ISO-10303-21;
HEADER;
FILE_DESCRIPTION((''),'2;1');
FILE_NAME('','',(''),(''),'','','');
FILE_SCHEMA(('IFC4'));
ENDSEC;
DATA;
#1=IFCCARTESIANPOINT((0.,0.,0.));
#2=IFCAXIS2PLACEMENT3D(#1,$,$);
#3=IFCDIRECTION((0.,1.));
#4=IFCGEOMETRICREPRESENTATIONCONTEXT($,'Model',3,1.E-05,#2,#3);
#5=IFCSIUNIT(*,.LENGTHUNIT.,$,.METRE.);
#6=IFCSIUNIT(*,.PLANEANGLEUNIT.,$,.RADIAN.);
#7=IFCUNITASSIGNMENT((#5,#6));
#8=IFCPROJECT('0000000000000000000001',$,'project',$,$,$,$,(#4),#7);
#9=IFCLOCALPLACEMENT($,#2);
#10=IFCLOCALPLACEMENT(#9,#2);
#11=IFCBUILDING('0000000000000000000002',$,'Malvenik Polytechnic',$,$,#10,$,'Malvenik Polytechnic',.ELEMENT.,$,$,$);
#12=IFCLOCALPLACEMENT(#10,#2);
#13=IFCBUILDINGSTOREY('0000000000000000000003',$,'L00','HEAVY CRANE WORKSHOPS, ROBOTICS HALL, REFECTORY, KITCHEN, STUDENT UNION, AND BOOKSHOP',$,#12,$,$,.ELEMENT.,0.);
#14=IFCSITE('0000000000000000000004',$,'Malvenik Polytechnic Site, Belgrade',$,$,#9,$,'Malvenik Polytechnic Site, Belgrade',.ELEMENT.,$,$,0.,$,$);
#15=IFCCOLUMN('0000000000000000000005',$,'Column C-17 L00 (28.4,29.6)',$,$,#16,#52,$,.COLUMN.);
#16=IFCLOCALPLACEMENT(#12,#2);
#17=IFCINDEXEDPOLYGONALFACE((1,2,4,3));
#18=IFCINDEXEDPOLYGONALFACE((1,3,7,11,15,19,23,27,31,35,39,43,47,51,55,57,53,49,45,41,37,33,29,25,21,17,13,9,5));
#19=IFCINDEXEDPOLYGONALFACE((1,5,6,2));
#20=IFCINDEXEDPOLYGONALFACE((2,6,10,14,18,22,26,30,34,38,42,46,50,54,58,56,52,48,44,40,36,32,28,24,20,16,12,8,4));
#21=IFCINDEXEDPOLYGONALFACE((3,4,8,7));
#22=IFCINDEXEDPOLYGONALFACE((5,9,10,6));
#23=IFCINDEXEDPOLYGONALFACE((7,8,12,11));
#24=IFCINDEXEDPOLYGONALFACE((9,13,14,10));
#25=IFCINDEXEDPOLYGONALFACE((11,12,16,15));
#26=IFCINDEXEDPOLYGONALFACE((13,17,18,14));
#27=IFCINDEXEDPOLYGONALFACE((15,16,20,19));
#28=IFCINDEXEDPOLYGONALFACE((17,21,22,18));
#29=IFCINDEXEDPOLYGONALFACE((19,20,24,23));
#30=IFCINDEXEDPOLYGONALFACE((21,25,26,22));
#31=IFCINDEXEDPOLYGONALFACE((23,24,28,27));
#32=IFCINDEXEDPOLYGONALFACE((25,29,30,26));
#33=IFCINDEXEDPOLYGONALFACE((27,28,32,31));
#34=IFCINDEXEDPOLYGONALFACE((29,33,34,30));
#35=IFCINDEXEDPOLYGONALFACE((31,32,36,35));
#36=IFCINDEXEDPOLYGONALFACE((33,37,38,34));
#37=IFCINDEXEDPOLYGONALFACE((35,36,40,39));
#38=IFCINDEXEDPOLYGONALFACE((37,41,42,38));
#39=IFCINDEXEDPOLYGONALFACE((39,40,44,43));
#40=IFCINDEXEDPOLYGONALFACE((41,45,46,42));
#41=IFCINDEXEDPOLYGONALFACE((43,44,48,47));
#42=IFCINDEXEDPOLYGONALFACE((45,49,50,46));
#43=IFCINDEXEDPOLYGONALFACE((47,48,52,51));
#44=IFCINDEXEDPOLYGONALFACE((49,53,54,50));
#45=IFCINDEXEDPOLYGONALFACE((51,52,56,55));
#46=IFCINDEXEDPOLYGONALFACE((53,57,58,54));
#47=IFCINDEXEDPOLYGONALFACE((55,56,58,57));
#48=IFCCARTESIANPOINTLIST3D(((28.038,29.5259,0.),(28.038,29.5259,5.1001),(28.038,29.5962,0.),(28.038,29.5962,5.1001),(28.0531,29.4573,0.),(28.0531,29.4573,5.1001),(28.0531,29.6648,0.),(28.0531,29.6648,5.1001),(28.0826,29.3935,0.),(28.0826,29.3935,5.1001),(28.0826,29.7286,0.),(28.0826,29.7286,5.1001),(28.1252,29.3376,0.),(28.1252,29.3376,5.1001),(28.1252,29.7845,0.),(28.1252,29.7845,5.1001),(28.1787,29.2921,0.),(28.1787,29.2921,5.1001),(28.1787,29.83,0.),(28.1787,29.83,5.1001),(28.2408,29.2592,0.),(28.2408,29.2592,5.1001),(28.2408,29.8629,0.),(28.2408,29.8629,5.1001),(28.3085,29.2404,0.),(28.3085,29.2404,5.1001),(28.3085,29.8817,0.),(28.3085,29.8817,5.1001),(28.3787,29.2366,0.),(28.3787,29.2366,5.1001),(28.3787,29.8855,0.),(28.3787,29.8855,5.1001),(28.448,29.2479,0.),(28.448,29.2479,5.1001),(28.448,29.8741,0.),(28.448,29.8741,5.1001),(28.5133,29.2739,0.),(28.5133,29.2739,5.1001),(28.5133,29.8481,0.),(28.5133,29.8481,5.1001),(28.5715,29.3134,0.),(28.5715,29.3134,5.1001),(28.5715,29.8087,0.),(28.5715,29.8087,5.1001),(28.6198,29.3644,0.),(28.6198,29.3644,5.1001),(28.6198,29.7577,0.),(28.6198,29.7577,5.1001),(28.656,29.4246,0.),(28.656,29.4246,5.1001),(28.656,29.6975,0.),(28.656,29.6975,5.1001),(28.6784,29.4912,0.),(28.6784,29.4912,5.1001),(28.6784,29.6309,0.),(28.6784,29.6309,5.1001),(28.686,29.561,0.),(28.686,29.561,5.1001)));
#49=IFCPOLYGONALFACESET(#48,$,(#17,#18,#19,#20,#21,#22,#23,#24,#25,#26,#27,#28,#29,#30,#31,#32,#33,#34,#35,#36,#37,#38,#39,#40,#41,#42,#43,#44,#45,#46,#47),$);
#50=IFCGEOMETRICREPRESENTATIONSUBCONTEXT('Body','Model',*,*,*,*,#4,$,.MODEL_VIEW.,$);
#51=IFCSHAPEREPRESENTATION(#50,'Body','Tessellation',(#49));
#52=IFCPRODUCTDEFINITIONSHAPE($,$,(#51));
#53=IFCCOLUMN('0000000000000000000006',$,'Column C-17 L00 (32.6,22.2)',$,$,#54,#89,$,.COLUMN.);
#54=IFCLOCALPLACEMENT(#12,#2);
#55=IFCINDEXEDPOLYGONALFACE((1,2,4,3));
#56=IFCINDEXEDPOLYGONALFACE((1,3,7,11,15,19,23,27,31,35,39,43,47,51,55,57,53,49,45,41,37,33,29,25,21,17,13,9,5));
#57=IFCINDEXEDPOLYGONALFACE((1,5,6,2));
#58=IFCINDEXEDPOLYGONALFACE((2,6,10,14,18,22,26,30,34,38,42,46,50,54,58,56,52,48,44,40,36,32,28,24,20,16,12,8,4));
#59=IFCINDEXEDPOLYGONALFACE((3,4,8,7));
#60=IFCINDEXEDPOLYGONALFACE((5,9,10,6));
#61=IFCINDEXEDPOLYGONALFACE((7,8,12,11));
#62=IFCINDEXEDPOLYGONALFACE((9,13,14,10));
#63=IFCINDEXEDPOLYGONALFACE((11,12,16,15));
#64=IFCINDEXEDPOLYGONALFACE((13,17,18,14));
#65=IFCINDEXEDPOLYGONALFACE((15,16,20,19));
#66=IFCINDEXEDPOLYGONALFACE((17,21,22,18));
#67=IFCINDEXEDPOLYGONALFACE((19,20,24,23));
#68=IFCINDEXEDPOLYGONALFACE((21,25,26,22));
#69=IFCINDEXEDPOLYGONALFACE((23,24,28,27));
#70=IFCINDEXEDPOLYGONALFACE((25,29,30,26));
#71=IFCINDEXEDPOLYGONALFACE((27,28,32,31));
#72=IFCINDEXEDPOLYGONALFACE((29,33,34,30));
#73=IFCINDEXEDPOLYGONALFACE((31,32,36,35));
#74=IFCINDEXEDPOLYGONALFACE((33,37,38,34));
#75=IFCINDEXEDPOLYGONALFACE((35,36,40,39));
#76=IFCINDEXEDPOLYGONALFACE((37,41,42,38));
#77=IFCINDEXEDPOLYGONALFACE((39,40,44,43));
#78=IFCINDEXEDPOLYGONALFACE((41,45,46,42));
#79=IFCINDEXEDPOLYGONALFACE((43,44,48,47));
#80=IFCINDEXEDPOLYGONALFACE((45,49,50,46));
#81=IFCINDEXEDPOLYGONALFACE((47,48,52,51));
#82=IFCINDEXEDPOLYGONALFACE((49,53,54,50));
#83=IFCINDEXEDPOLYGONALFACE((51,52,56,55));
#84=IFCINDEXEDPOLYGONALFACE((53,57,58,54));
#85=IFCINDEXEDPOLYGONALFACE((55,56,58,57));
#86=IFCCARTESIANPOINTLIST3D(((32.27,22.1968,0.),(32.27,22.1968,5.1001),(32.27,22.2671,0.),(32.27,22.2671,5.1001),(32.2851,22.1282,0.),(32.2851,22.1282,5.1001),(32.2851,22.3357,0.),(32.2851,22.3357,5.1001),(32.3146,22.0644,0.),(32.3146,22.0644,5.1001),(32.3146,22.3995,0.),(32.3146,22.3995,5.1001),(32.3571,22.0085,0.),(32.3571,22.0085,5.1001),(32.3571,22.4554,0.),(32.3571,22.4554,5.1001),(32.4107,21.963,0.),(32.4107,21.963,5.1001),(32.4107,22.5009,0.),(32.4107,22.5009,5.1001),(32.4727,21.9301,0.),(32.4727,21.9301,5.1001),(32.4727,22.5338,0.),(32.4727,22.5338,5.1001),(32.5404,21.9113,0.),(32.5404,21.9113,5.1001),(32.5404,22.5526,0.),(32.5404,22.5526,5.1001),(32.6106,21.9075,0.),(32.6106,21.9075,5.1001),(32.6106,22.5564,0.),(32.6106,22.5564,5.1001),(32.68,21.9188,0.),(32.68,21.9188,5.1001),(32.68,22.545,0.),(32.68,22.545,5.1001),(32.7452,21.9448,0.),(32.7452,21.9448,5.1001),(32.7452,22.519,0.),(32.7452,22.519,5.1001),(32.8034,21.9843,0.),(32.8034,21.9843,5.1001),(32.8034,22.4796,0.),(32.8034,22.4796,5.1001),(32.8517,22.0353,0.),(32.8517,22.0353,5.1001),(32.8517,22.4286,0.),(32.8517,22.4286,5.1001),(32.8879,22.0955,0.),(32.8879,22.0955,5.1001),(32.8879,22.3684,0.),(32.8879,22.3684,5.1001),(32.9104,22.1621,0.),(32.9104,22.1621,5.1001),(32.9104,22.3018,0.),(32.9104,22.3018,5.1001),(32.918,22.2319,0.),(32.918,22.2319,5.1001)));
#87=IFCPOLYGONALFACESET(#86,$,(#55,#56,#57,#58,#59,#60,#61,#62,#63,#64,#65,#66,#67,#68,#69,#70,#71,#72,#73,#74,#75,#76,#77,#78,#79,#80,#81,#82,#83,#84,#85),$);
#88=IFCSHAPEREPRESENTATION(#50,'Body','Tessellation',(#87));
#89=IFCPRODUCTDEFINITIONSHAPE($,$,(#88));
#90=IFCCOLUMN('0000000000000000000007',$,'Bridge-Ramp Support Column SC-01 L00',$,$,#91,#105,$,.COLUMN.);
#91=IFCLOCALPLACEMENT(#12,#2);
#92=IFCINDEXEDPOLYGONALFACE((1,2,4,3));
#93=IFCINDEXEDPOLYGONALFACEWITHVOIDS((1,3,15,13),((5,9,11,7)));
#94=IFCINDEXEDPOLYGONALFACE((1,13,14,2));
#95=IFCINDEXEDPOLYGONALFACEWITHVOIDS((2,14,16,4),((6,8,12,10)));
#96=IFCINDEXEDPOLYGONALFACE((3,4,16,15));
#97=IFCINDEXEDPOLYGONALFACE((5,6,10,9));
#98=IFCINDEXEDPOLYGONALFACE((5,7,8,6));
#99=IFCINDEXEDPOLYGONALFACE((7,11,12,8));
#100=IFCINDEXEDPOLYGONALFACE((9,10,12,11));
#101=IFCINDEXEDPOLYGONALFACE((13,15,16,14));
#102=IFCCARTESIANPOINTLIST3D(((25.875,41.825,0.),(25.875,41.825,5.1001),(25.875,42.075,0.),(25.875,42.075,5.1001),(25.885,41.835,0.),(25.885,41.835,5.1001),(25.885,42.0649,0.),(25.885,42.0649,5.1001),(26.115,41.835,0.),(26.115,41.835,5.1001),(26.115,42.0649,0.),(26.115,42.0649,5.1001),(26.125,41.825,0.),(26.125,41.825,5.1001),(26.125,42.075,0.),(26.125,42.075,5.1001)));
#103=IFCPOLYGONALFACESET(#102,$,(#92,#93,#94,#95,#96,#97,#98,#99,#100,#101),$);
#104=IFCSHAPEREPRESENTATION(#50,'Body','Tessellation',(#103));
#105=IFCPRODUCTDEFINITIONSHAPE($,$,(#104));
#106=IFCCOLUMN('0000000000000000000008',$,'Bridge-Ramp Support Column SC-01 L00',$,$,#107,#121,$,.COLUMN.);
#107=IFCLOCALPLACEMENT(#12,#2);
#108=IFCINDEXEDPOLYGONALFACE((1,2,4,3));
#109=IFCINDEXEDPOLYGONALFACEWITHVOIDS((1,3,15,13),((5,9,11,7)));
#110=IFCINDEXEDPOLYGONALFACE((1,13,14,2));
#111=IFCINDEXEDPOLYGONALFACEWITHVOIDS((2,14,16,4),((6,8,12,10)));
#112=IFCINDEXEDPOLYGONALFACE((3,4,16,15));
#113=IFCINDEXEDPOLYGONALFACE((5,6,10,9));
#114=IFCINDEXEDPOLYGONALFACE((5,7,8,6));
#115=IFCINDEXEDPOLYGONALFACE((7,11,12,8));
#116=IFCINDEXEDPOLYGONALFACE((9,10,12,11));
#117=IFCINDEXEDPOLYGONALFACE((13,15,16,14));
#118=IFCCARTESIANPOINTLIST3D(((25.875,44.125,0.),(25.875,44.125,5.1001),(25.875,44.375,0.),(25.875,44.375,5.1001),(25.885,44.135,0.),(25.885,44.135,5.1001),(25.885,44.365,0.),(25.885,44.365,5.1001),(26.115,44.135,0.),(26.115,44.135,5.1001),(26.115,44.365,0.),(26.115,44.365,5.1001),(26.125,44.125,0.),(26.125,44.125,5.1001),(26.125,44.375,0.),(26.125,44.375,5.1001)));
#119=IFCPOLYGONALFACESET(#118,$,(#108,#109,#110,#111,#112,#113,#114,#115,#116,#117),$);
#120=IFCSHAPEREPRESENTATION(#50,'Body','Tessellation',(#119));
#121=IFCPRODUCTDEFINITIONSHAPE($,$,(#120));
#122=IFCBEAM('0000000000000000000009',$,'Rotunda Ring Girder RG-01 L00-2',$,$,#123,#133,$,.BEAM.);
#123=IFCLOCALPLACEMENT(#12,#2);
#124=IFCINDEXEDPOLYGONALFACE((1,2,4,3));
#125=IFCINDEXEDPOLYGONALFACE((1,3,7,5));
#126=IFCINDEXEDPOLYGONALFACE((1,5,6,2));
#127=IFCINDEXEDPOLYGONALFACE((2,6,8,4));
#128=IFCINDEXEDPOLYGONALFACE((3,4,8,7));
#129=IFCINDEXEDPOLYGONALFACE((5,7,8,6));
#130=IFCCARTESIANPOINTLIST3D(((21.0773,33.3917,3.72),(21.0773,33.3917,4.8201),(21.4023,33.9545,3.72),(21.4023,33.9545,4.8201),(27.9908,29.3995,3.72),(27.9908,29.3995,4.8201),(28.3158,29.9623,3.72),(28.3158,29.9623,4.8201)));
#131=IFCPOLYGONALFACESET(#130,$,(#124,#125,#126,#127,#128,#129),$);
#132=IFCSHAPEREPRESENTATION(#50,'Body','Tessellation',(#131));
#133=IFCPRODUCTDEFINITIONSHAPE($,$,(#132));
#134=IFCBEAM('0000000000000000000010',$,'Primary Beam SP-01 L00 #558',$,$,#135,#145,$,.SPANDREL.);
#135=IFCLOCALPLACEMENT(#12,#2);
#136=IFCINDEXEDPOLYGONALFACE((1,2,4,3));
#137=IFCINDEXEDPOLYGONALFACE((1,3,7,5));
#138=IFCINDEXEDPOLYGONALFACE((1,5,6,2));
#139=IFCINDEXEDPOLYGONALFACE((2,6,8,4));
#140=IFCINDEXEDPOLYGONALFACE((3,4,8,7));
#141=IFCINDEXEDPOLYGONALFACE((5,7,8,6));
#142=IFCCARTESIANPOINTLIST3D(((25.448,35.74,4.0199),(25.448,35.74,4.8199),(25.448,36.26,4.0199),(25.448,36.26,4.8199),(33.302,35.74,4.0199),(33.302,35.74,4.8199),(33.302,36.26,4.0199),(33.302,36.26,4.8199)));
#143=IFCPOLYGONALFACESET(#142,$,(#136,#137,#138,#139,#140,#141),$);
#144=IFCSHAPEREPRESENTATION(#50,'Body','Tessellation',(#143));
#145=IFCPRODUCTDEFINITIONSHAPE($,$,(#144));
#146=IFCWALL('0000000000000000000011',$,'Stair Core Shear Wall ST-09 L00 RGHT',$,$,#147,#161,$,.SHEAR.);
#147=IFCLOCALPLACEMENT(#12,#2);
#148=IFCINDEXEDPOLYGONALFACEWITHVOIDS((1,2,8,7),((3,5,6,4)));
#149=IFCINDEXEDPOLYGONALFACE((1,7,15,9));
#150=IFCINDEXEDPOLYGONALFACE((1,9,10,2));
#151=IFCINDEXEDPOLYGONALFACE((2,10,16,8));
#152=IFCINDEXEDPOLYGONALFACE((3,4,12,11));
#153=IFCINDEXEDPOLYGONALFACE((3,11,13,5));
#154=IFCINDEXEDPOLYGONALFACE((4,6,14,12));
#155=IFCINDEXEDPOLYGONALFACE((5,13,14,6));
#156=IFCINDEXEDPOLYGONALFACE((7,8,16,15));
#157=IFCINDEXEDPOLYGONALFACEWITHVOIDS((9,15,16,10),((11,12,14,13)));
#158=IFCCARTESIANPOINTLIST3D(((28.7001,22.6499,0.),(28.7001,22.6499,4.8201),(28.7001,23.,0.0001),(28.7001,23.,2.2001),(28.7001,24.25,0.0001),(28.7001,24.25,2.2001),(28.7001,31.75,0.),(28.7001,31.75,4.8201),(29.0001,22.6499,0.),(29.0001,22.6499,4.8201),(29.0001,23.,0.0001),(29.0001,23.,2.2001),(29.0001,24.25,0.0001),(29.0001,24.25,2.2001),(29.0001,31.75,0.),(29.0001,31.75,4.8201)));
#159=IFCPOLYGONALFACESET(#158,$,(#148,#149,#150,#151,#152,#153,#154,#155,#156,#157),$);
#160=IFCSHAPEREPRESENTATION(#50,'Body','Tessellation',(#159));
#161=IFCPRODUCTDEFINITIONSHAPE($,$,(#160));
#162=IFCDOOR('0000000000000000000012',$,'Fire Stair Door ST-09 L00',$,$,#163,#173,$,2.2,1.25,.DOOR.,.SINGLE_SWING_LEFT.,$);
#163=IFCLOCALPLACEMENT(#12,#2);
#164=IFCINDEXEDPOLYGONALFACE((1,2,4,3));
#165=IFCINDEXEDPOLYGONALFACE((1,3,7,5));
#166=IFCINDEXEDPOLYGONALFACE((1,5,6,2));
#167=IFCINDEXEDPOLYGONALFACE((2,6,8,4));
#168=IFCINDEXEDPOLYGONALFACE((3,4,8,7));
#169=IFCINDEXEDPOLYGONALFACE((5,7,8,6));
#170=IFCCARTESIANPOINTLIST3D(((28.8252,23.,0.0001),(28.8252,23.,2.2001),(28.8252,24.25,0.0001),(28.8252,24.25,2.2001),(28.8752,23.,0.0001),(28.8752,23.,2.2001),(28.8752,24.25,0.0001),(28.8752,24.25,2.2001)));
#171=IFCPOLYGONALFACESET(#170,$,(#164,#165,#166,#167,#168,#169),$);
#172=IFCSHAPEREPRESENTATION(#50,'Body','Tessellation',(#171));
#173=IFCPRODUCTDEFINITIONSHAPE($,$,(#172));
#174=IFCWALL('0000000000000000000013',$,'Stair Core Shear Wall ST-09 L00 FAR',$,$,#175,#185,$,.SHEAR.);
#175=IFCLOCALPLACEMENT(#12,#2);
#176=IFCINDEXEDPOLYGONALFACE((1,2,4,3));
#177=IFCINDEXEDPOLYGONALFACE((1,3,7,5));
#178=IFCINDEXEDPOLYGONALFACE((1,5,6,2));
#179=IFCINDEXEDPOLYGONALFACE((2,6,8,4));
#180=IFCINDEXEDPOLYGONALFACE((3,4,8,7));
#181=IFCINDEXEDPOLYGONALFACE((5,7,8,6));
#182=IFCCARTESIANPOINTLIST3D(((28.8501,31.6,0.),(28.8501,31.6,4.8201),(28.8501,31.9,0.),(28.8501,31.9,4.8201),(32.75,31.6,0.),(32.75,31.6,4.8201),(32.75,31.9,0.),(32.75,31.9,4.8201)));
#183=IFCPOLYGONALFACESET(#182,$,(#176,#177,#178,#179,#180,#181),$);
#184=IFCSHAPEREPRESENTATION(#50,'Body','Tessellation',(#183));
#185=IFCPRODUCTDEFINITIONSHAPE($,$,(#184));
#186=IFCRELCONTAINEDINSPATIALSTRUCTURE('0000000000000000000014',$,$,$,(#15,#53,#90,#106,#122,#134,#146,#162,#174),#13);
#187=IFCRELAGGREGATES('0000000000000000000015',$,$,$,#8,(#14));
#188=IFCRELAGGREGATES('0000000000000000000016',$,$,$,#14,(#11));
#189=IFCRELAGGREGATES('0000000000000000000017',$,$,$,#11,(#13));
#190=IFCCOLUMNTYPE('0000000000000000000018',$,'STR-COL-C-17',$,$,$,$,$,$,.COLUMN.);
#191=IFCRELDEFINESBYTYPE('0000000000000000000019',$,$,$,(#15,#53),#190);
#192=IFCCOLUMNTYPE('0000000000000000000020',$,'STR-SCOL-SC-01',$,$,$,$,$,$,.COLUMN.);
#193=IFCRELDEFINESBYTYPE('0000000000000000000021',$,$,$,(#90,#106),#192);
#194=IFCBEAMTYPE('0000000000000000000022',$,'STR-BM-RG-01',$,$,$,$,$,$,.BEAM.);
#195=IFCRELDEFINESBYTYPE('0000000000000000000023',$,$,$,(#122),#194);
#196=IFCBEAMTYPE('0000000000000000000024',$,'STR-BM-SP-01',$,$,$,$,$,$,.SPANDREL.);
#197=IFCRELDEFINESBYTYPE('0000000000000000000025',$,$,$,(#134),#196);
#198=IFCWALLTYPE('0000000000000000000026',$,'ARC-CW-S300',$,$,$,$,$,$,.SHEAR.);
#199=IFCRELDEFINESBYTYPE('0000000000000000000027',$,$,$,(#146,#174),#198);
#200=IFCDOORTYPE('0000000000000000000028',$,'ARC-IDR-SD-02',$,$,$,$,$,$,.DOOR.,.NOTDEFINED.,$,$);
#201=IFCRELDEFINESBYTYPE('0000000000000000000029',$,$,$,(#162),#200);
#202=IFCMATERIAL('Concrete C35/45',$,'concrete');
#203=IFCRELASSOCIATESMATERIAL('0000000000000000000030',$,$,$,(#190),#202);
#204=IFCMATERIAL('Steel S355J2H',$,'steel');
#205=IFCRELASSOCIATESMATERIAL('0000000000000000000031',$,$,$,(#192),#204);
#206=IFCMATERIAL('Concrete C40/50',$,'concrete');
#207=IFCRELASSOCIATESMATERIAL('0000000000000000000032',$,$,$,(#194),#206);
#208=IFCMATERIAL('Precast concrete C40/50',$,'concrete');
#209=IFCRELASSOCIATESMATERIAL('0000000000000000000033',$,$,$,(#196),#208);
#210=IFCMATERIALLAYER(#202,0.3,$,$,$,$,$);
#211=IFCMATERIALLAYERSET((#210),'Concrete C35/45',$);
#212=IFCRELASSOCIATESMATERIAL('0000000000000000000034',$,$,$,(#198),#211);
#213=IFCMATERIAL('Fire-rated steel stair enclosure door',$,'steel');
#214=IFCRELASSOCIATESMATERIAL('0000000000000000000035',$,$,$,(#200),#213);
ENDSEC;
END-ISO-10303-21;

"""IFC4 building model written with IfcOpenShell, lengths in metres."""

from ifc_helpers import new_model, si_unit, direction, frame, frame_2d, origin, origin_2d, place, context, subcontext, project, spatial, rectangle, hollow_rectangle, circle, extrude, material, layer, layer_set, material_profile, profile_set, type_object, element, fill, save


model = new_model("IFC4")

# Units and contexts
model_context = context("Model", 3, precision=1e-05, world=origin(), true_north=direction((0.0, 1.0)))
body_context = subcontext(model_context, "Body", "Model", "MODEL_VIEW")
ifc_project = project(units=[si_unit("LENGTHUNIT", "METRE"), si_unit("PLANEANGLEUNIT", "RADIAN")], contexts=[model_context])

# Site, building, storey
site_placement = place(None, origin())
site = spatial("IfcSite", under=ifc_project, at=site_placement, Name="Malvenik Polytechnic Site, Belgrade", LongName="Malvenik Polytechnic Site, Belgrade", CompositionType="ELEMENT", RefElevation=0.0)
building_placement = place(site_placement, origin())
building = spatial("IfcBuilding", under=site, at=building_placement, Name="Malvenik Polytechnic", LongName="Malvenik Polytechnic", CompositionType="ELEMENT")
storey_placement = place(building_placement, origin())
storey = spatial("IfcBuildingStorey", under=building, at=storey_placement, Name="L00", Description="HEAVY CRANE WORKSHOPS, ROBOTICS HALL, REFECTORY, KITCHEN, STUDENT UNION, AND BOOKSHOP", CompositionType="ELEMENT", Elevation=0.0)

# Columns
ifc_material_1 = material(Name="Concrete C35/45", Category="concrete")
ifc_material_profile_1 = material_profile(ifc_material_1, circle(Radius=0.325, at=origin_2d()), Name="RC COL D650")
ifc_profile_set_1 = profile_set([ifc_material_profile_1], Name="Concrete C35/45")
column_type_1 = type_object("IfcColumnType", Name="STR-COL-C-17", PredefinedType="COLUMN", material=ifc_profile_set_1)
for number, where, z_axis, x_axis, name in (
    (1, (28.3611, 29.561, 0.0), (0.0, 0.0, 1.0), (1.0, 0.0, 0.0), "Column C-17 L00 (28.4,29.6)"),
    (2, (32.593, 22.2319, 0.0), (0.0, 0.0, 1.0), (1.0, 0.0, 0.0), "Column C-17 L00 (32.6,22.2)"),
):
    element("IfcColumn", number, at=place(storey_placement, frame(where, z_axis=z_axis, x_axis=x_axis)), inside=storey, type_object=column_type_1, Name=name, PredefinedType="COLUMN", context=body_context, shape_type="SweptSolid", body=[
        extrude(circle(Radius=0.325, at=origin_2d()), origin(), (0.0, 0.0, 1.0), 5.1001),
    ])
ifc_material_2 = material(Name="Steel S355J2H", Category="steel")
ifc_material_profile_2 = material_profile(ifc_material_2, hollow_rectangle(XDim=0.25, YDim=0.25, WallThickness=0.01, at=origin_2d()), Name="SHS 250x250x10.0")
ifc_profile_set_2 = profile_set([ifc_material_profile_2], Name="Steel S355J2H")
column_type_2 = type_object("IfcColumnType", Name="STR-SCOL-SC-01", PredefinedType="COLUMN", material=ifc_profile_set_2)
for number, where, z_axis, x_axis, name in (
    (3, (26.0, 41.95, 0.0), (0.0, 0.0, 1.0), (1.0, 0.0, 0.0), "Bridge-Ramp Support Column SC-01 L00"),
    (4, (26.0, 44.25, 0.0), (0.0, 0.0, 1.0), (1.0, 0.0, 0.0), "Bridge-Ramp Support Column SC-01 L00"),
):
    element("IfcColumn", number, at=place(storey_placement, frame(where, z_axis=z_axis, x_axis=x_axis)), inside=storey, type_object=column_type_2, Name=name, PredefinedType="COLUMN", context=body_context, shape_type="SweptSolid", body=[
        extrude(hollow_rectangle(XDim=0.25, YDim=0.25, WallThickness=0.01, at=origin_2d()), origin(), (0.0, 0.0, 1.0), 5.1001),
    ])

# Beams
ifc_material_3 = material(Name="Concrete C40/50", Category="concrete")
ifc_material_profile_3 = material_profile(ifc_material_3, rectangle(XDim=0.6499, YDim=1.1001, at=origin_2d()), Name="RC RG 650x1100")
ifc_profile_set_3 = profile_set([ifc_material_profile_3], Name="Concrete C40/50")
beam_type_1 = type_object("IfcBeamType", Name="STR-BM-RG-01", PredefinedType="BEAM", material=ifc_profile_set_3)
beam_1_placement = place(storey_placement, frame((28.1533, 29.6809, 4.27), z_axis=(-0.865991, 0.50006, 0.0), x_axis=(-0.50006, -0.865991, 0.0)))
element("IfcBeam", 5, at=beam_1_placement, inside=storey, type_object=beam_type_1, Name="Rotunda Ring Girder RG-01 L00-2", PredefinedType="BEAM", context=body_context, shape_type="SweptSolid", body=[
    extrude(rectangle(XDim=0.6499, YDim=1.1001, at=origin_2d()), origin(), (0.0, 0.0, 1.0), 7.9834),
])
ifc_material_4 = material(Name="Precast concrete C40/50", Category="concrete")
ifc_material_profile_4 = material_profile(ifc_material_4, rectangle(XDim=0.52, YDim=0.8, at=origin_2d()), Name="PC SPN 520x800")
ifc_profile_set_4 = profile_set([ifc_material_profile_4], Name="Precast concrete C40/50")
beam_type_2 = type_object("IfcBeamType", Name="STR-BM-SP-01", PredefinedType="SPANDREL", material=ifc_profile_set_4)
beam_2_placement = place(storey_placement, frame((25.448, 36.0, 4.4199), z_axis=(1.0, 0.0, 0.0), x_axis=(0.0, 1.0, 0.0)))
element("IfcBeam", 6, at=beam_2_placement, inside=storey, type_object=beam_type_2, Name="Primary Beam SP-01 L00 #558", PredefinedType="SPANDREL", context=body_context, shape_type="SweptSolid", body=[
    extrude(rectangle(XDim=0.52, YDim=0.8, at=origin_2d()), origin(), (0.0, 0.0, 1.0), 7.854),
])

# Wall, opening, door
ifc_layer_1 = layer(ifc_material_1, 0.3)
ifc_layer_set_1 = layer_set([ifc_layer_1], Name="Concrete C35/45")
wall_type_1 = type_object("IfcWallType", Name="ARC-CW-S300", PredefinedType="SHEAR", material=ifc_layer_set_1)
wall_1_placement = place(storey_placement, frame((28.8501, 22.6499, 0.0), z_axis=(0.0, 0.0, 1.0), x_axis=(0.0, 1.0, 0.0)))
wall_1 = element("IfcWall", 7, at=wall_1_placement, inside=storey, type_object=wall_type_1, Name="Stair Core Shear Wall ST-09 L00 RGHT", PredefinedType="SHEAR", context=body_context, shape_type="SweptSolid", body=[
    extrude(rectangle(XDim=9.1001, YDim=0.3, at=frame_2d((4.55, 0.0))), origin(), (0.0, 0.0, 1.0), 4.8201),
])
opening_1_placement = place(wall_1_placement, frame((0.3501, 0.0, 0.0)))
opening_1 = element("IfcOpeningElement", 8, at=opening_1_placement, cuts=wall_1, PredefinedType="OPENING", context=body_context, shape_type="SweptSolid", body=[
    extrude(rectangle(XDim=1.25, YDim=2.2, at=frame_2d((0.625, 1.1001))), frame((0.0, 0.1602, 0.0), z_axis=(0.0, -1.0, 0.0), x_axis=(1.0, 0.0, 0.0)), (0.0, 0.0, 1.0), 0.3201),
])
ifc_material_5 = material(Name="Fire-rated steel stair enclosure door", Category="steel")
door_type = type_object("IfcDoorType", Name="ARC-IDR-SD-02", OperationType="NOTDEFINED", PredefinedType="DOOR", material=ifc_material_5)
door_placement = place(opening_1_placement, origin())
door = element("IfcDoor", 9, at=door_placement, inside=storey, type_object=door_type, Name="Fire Stair Door ST-09 L00", OperationType="SINGLE_SWING_LEFT", OverallHeight=2.2, OverallWidth=1.25, PredefinedType="DOOR", context=body_context, shape_type="SweptSolid", body=[
    extrude(rectangle(XDim=1.25, YDim=2.2, at=frame_2d((0.625, 1.1001))), frame((0.0, 0.0249, 0.0), z_axis=(0.0, -1.0, 0.0), x_axis=(1.0, 0.0, 0.0)), (0.0, 0.0, 1.0), 0.05),
])
fill(opening_1, door)

# Wall
wall_2_placement = place(storey_placement, frame((28.8501, 31.75, 0.0), z_axis=(0.0, 0.0, 1.0), x_axis=(1.0, 0.0, 0.0)))
element("IfcWall", 10, at=wall_2_placement, inside=storey, type_object=wall_type_1, Name="Stair Core Shear Wall ST-09 L00 FAR", PredefinedType="SHEAR", context=body_context, shape_type="SweptSolid", body=[
    extrude(rectangle(XDim=3.8999, YDim=0.3, at=frame_2d((1.95, 0.0))), origin(), (0.0, 0.0, 1.0), 4.8201),
])

save(model, "model.ifc")
